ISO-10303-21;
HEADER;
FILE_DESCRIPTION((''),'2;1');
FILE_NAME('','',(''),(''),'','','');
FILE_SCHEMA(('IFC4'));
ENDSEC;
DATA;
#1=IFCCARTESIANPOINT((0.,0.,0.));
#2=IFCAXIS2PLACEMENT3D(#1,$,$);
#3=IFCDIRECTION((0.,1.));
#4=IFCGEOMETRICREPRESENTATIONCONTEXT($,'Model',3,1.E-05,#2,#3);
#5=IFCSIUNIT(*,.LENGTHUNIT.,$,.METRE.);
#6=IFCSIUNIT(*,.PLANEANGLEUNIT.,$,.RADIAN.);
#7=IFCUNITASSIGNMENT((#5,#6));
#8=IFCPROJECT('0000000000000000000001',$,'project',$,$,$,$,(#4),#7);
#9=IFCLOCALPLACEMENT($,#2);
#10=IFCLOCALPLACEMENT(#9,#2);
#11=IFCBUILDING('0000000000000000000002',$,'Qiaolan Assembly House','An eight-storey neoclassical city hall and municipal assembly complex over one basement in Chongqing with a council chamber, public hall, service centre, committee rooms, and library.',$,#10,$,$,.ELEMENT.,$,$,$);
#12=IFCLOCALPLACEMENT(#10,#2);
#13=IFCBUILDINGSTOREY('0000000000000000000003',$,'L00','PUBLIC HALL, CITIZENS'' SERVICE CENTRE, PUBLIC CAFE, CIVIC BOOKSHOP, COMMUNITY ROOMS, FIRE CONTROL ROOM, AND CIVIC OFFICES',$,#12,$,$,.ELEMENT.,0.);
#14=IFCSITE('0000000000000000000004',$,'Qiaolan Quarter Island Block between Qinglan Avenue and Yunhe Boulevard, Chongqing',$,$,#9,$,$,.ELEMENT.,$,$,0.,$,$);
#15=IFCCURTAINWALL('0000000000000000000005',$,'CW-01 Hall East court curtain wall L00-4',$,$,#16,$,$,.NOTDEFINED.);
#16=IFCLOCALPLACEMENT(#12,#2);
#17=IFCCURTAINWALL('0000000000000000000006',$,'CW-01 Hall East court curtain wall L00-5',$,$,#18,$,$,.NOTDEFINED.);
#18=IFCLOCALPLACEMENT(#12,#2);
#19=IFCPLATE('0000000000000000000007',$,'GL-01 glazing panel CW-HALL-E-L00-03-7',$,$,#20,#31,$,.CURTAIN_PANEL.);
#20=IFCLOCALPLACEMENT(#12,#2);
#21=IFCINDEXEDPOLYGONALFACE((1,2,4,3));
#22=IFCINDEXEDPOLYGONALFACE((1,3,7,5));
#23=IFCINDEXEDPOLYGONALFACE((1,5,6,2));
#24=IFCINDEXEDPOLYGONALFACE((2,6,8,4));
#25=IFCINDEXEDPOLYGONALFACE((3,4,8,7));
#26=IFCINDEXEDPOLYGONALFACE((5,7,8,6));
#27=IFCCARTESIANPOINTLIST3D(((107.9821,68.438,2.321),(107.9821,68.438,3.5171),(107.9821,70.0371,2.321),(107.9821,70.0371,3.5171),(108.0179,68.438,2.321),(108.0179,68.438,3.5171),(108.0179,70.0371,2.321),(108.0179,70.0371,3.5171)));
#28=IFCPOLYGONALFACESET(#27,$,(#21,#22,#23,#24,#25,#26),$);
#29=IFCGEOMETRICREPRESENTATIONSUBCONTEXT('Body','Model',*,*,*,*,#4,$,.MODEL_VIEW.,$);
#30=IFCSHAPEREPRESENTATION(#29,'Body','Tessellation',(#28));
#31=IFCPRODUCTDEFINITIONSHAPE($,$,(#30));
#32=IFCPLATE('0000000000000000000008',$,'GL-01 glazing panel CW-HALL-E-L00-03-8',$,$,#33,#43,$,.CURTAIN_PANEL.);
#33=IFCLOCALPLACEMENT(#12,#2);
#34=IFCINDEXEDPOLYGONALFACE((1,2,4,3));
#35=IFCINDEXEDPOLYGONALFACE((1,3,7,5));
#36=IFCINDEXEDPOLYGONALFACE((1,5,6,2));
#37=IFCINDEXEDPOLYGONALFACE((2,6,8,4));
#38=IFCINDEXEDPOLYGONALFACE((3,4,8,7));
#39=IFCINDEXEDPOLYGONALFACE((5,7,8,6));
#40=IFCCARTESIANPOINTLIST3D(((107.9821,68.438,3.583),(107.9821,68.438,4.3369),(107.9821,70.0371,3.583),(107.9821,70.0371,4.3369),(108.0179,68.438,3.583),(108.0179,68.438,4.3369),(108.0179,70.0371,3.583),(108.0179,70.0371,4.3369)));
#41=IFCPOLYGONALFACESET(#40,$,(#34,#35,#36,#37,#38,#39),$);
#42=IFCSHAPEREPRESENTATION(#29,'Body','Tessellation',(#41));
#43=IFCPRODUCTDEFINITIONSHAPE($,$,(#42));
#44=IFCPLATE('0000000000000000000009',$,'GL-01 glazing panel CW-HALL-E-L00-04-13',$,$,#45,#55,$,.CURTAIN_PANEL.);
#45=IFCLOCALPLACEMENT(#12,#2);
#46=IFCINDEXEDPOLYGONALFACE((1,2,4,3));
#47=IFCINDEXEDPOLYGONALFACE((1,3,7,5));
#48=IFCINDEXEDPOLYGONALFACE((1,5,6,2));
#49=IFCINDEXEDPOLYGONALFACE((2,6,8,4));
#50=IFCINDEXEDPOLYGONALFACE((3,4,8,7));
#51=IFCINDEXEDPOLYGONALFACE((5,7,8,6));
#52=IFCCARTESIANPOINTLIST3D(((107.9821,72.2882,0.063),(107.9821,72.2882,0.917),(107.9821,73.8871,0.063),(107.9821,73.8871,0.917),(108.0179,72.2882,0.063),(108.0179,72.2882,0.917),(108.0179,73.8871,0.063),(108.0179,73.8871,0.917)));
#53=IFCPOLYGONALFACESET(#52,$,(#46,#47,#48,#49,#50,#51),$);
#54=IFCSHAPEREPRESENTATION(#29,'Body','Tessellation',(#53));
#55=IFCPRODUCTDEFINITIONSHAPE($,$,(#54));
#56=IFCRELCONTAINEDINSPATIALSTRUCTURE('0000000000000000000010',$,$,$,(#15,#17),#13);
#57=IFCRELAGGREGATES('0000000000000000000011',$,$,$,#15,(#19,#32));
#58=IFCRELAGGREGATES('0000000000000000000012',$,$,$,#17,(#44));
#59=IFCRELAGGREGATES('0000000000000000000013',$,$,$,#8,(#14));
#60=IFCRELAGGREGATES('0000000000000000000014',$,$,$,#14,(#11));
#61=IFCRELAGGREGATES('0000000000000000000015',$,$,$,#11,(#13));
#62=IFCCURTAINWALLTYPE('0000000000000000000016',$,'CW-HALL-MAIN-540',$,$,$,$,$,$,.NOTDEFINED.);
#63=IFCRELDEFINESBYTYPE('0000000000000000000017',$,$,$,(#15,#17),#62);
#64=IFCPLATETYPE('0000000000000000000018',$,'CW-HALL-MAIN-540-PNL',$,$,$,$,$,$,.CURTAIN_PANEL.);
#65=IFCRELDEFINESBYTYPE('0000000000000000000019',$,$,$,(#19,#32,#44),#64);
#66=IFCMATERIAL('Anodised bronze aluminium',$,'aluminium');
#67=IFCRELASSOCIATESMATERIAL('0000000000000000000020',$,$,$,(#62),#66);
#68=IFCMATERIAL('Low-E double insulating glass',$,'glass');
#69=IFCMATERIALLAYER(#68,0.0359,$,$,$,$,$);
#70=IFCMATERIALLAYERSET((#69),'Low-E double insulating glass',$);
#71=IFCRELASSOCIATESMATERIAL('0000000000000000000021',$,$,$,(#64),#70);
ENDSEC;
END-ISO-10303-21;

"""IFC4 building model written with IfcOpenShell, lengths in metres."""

from ifc_helpers import new_model, si_unit, direction, frame, frame_2d, origin, place, context, subcontext, project, spatial, rectangle, extrude, material, layer, layer_set, type_object, element, aggregate, save


model = new_model("IFC4")

# Units and contexts
model_context = context("Model", 3, precision=1e-05, world=origin(), true_north=direction((0.0, 1.0)))
body_context = subcontext(model_context, "Body", "Model", "MODEL_VIEW")
ifc_project = project(units=[si_unit("LENGTHUNIT", "METRE"), si_unit("PLANEANGLEUNIT", "RADIAN")], contexts=[model_context])

# Site, building, storey
site_placement = place(None, origin())
site = spatial("IfcSite", under=ifc_project, at=site_placement, Name="Qiaolan Quarter Island Block between Qinglan Avenue and Yunhe Boulevard, Chongqing", CompositionType="ELEMENT", RefElevation=0.0)
building_placement = place(site_placement, origin())
building = spatial("IfcBuilding", under=site, at=building_placement, Name="Qiaolan Assembly House", Description="An eight-storey neoclassical city hall and municipal assembly complex over one basement in Chongqing with a council chamber, public hall, service centre, committee rooms, and library.", CompositionType="ELEMENT")
storey_placement = place(building_placement, origin())
storey = spatial("IfcBuildingStorey", under=building, at=storey_placement, Name="L00", Description="PUBLIC HALL, CITIZENS' SERVICE CENTRE, PUBLIC CAFE, CIVIC BOOKSHOP, COMMUNITY ROOMS, FIRE CONTROL ROOM, AND CIVIC OFFICES", CompositionType="ELEMENT", Elevation=0.0)

# Curtain wall
ifc_material_1 = material(Name="Anodised bronze aluminium", Category="aluminium")
curtain_wall_type = type_object("IfcCurtainWallType", Name="CW-HALL-MAIN-540", PredefinedType="NOTDEFINED", material=ifc_material_1)
curtain_wall_1_placement = place(storey_placement, origin())
curtain_wall_1 = element("IfcCurtainWall", 1, at=curtain_wall_1_placement, inside=storey, type_object=curtain_wall_type, Name="CW-01 Hall East court curtain wall L00-4", PredefinedType="NOTDEFINED")

# Curtain wall
curtain_wall_2_placement = place(storey_placement, origin())
curtain_wall_2 = element("IfcCurtainWall", 2, at=curtain_wall_2_placement, inside=storey, type_object=curtain_wall_type, Name="CW-01 Hall East court curtain wall L00-5", PredefinedType="NOTDEFINED")

# Plates
ifc_material_2 = material(Name="Low-E double insulating glass", Category="glass")
ifc_layer = layer(ifc_material_2, 0.0359)
ifc_layer_set = layer_set([ifc_layer], Name="Low-E double insulating glass")
plate_type = type_object("IfcPlateType", Name="CW-HALL-MAIN-540-PNL", PredefinedType="CURTAIN_PANEL", material=ifc_layer_set)
plate_1_placement = place(storey_placement, frame((108.0, 70.0371, 2.321), z_axis=(0.0, 0.0, 1.0), x_axis=(0.0, -1.0, 0.0)))
plate_1 = element("IfcPlate", 3, at=plate_1_placement, type_object=plate_type, Name="GL-01 glazing panel CW-HALL-E-L00-03-7", PredefinedType="CURTAIN_PANEL", context=body_context, shape_type="SweptSolid", body=[
    extrude(rectangle(XDim=1.5991, YDim=0.0359, at=frame_2d((0.7996, 0.0))), origin(), (0.0, 0.0, 1.0), 1.196),
])
plate_2_placement = place(storey_placement, frame((108.0, 70.0371, 3.583), z_axis=(0.0, 0.0, 1.0), x_axis=(0.0, -1.0, 0.0)))
plate_2 = element("IfcPlate", 4, at=plate_2_placement, type_object=plate_type, Name="GL-01 glazing panel CW-HALL-E-L00-03-8", PredefinedType="CURTAIN_PANEL", context=body_context, shape_type="SweptSolid", body=[
    extrude(rectangle(XDim=1.5991, YDim=0.0359, at=frame_2d((0.7996, 0.0))), origin(), (0.0, 0.0, 1.0), 0.7539),
])
aggregate(curtain_wall_1, [plate_1, plate_2])
plate_3_placement = place(storey_placement, frame((108.0, 73.887, 0.063), z_axis=(0.0, 0.0, 1.0), x_axis=(0.0, -1.0, 0.0)))
plate_3 = element("IfcPlate", 5, at=plate_3_placement, type_object=plate_type, Name="GL-01 glazing panel CW-HALL-E-L00-04-13", PredefinedType="CURTAIN_PANEL", context=body_context, shape_type="SweptSolid", body=[
    extrude(rectangle(XDim=1.5989, YDim=0.0359, at=frame_2d((0.7993, 0.0))), origin(), (0.0, 0.0, 1.0), 0.854),
])
aggregate(curtain_wall_2, [plate_3])

save(model, "model.ifc")
